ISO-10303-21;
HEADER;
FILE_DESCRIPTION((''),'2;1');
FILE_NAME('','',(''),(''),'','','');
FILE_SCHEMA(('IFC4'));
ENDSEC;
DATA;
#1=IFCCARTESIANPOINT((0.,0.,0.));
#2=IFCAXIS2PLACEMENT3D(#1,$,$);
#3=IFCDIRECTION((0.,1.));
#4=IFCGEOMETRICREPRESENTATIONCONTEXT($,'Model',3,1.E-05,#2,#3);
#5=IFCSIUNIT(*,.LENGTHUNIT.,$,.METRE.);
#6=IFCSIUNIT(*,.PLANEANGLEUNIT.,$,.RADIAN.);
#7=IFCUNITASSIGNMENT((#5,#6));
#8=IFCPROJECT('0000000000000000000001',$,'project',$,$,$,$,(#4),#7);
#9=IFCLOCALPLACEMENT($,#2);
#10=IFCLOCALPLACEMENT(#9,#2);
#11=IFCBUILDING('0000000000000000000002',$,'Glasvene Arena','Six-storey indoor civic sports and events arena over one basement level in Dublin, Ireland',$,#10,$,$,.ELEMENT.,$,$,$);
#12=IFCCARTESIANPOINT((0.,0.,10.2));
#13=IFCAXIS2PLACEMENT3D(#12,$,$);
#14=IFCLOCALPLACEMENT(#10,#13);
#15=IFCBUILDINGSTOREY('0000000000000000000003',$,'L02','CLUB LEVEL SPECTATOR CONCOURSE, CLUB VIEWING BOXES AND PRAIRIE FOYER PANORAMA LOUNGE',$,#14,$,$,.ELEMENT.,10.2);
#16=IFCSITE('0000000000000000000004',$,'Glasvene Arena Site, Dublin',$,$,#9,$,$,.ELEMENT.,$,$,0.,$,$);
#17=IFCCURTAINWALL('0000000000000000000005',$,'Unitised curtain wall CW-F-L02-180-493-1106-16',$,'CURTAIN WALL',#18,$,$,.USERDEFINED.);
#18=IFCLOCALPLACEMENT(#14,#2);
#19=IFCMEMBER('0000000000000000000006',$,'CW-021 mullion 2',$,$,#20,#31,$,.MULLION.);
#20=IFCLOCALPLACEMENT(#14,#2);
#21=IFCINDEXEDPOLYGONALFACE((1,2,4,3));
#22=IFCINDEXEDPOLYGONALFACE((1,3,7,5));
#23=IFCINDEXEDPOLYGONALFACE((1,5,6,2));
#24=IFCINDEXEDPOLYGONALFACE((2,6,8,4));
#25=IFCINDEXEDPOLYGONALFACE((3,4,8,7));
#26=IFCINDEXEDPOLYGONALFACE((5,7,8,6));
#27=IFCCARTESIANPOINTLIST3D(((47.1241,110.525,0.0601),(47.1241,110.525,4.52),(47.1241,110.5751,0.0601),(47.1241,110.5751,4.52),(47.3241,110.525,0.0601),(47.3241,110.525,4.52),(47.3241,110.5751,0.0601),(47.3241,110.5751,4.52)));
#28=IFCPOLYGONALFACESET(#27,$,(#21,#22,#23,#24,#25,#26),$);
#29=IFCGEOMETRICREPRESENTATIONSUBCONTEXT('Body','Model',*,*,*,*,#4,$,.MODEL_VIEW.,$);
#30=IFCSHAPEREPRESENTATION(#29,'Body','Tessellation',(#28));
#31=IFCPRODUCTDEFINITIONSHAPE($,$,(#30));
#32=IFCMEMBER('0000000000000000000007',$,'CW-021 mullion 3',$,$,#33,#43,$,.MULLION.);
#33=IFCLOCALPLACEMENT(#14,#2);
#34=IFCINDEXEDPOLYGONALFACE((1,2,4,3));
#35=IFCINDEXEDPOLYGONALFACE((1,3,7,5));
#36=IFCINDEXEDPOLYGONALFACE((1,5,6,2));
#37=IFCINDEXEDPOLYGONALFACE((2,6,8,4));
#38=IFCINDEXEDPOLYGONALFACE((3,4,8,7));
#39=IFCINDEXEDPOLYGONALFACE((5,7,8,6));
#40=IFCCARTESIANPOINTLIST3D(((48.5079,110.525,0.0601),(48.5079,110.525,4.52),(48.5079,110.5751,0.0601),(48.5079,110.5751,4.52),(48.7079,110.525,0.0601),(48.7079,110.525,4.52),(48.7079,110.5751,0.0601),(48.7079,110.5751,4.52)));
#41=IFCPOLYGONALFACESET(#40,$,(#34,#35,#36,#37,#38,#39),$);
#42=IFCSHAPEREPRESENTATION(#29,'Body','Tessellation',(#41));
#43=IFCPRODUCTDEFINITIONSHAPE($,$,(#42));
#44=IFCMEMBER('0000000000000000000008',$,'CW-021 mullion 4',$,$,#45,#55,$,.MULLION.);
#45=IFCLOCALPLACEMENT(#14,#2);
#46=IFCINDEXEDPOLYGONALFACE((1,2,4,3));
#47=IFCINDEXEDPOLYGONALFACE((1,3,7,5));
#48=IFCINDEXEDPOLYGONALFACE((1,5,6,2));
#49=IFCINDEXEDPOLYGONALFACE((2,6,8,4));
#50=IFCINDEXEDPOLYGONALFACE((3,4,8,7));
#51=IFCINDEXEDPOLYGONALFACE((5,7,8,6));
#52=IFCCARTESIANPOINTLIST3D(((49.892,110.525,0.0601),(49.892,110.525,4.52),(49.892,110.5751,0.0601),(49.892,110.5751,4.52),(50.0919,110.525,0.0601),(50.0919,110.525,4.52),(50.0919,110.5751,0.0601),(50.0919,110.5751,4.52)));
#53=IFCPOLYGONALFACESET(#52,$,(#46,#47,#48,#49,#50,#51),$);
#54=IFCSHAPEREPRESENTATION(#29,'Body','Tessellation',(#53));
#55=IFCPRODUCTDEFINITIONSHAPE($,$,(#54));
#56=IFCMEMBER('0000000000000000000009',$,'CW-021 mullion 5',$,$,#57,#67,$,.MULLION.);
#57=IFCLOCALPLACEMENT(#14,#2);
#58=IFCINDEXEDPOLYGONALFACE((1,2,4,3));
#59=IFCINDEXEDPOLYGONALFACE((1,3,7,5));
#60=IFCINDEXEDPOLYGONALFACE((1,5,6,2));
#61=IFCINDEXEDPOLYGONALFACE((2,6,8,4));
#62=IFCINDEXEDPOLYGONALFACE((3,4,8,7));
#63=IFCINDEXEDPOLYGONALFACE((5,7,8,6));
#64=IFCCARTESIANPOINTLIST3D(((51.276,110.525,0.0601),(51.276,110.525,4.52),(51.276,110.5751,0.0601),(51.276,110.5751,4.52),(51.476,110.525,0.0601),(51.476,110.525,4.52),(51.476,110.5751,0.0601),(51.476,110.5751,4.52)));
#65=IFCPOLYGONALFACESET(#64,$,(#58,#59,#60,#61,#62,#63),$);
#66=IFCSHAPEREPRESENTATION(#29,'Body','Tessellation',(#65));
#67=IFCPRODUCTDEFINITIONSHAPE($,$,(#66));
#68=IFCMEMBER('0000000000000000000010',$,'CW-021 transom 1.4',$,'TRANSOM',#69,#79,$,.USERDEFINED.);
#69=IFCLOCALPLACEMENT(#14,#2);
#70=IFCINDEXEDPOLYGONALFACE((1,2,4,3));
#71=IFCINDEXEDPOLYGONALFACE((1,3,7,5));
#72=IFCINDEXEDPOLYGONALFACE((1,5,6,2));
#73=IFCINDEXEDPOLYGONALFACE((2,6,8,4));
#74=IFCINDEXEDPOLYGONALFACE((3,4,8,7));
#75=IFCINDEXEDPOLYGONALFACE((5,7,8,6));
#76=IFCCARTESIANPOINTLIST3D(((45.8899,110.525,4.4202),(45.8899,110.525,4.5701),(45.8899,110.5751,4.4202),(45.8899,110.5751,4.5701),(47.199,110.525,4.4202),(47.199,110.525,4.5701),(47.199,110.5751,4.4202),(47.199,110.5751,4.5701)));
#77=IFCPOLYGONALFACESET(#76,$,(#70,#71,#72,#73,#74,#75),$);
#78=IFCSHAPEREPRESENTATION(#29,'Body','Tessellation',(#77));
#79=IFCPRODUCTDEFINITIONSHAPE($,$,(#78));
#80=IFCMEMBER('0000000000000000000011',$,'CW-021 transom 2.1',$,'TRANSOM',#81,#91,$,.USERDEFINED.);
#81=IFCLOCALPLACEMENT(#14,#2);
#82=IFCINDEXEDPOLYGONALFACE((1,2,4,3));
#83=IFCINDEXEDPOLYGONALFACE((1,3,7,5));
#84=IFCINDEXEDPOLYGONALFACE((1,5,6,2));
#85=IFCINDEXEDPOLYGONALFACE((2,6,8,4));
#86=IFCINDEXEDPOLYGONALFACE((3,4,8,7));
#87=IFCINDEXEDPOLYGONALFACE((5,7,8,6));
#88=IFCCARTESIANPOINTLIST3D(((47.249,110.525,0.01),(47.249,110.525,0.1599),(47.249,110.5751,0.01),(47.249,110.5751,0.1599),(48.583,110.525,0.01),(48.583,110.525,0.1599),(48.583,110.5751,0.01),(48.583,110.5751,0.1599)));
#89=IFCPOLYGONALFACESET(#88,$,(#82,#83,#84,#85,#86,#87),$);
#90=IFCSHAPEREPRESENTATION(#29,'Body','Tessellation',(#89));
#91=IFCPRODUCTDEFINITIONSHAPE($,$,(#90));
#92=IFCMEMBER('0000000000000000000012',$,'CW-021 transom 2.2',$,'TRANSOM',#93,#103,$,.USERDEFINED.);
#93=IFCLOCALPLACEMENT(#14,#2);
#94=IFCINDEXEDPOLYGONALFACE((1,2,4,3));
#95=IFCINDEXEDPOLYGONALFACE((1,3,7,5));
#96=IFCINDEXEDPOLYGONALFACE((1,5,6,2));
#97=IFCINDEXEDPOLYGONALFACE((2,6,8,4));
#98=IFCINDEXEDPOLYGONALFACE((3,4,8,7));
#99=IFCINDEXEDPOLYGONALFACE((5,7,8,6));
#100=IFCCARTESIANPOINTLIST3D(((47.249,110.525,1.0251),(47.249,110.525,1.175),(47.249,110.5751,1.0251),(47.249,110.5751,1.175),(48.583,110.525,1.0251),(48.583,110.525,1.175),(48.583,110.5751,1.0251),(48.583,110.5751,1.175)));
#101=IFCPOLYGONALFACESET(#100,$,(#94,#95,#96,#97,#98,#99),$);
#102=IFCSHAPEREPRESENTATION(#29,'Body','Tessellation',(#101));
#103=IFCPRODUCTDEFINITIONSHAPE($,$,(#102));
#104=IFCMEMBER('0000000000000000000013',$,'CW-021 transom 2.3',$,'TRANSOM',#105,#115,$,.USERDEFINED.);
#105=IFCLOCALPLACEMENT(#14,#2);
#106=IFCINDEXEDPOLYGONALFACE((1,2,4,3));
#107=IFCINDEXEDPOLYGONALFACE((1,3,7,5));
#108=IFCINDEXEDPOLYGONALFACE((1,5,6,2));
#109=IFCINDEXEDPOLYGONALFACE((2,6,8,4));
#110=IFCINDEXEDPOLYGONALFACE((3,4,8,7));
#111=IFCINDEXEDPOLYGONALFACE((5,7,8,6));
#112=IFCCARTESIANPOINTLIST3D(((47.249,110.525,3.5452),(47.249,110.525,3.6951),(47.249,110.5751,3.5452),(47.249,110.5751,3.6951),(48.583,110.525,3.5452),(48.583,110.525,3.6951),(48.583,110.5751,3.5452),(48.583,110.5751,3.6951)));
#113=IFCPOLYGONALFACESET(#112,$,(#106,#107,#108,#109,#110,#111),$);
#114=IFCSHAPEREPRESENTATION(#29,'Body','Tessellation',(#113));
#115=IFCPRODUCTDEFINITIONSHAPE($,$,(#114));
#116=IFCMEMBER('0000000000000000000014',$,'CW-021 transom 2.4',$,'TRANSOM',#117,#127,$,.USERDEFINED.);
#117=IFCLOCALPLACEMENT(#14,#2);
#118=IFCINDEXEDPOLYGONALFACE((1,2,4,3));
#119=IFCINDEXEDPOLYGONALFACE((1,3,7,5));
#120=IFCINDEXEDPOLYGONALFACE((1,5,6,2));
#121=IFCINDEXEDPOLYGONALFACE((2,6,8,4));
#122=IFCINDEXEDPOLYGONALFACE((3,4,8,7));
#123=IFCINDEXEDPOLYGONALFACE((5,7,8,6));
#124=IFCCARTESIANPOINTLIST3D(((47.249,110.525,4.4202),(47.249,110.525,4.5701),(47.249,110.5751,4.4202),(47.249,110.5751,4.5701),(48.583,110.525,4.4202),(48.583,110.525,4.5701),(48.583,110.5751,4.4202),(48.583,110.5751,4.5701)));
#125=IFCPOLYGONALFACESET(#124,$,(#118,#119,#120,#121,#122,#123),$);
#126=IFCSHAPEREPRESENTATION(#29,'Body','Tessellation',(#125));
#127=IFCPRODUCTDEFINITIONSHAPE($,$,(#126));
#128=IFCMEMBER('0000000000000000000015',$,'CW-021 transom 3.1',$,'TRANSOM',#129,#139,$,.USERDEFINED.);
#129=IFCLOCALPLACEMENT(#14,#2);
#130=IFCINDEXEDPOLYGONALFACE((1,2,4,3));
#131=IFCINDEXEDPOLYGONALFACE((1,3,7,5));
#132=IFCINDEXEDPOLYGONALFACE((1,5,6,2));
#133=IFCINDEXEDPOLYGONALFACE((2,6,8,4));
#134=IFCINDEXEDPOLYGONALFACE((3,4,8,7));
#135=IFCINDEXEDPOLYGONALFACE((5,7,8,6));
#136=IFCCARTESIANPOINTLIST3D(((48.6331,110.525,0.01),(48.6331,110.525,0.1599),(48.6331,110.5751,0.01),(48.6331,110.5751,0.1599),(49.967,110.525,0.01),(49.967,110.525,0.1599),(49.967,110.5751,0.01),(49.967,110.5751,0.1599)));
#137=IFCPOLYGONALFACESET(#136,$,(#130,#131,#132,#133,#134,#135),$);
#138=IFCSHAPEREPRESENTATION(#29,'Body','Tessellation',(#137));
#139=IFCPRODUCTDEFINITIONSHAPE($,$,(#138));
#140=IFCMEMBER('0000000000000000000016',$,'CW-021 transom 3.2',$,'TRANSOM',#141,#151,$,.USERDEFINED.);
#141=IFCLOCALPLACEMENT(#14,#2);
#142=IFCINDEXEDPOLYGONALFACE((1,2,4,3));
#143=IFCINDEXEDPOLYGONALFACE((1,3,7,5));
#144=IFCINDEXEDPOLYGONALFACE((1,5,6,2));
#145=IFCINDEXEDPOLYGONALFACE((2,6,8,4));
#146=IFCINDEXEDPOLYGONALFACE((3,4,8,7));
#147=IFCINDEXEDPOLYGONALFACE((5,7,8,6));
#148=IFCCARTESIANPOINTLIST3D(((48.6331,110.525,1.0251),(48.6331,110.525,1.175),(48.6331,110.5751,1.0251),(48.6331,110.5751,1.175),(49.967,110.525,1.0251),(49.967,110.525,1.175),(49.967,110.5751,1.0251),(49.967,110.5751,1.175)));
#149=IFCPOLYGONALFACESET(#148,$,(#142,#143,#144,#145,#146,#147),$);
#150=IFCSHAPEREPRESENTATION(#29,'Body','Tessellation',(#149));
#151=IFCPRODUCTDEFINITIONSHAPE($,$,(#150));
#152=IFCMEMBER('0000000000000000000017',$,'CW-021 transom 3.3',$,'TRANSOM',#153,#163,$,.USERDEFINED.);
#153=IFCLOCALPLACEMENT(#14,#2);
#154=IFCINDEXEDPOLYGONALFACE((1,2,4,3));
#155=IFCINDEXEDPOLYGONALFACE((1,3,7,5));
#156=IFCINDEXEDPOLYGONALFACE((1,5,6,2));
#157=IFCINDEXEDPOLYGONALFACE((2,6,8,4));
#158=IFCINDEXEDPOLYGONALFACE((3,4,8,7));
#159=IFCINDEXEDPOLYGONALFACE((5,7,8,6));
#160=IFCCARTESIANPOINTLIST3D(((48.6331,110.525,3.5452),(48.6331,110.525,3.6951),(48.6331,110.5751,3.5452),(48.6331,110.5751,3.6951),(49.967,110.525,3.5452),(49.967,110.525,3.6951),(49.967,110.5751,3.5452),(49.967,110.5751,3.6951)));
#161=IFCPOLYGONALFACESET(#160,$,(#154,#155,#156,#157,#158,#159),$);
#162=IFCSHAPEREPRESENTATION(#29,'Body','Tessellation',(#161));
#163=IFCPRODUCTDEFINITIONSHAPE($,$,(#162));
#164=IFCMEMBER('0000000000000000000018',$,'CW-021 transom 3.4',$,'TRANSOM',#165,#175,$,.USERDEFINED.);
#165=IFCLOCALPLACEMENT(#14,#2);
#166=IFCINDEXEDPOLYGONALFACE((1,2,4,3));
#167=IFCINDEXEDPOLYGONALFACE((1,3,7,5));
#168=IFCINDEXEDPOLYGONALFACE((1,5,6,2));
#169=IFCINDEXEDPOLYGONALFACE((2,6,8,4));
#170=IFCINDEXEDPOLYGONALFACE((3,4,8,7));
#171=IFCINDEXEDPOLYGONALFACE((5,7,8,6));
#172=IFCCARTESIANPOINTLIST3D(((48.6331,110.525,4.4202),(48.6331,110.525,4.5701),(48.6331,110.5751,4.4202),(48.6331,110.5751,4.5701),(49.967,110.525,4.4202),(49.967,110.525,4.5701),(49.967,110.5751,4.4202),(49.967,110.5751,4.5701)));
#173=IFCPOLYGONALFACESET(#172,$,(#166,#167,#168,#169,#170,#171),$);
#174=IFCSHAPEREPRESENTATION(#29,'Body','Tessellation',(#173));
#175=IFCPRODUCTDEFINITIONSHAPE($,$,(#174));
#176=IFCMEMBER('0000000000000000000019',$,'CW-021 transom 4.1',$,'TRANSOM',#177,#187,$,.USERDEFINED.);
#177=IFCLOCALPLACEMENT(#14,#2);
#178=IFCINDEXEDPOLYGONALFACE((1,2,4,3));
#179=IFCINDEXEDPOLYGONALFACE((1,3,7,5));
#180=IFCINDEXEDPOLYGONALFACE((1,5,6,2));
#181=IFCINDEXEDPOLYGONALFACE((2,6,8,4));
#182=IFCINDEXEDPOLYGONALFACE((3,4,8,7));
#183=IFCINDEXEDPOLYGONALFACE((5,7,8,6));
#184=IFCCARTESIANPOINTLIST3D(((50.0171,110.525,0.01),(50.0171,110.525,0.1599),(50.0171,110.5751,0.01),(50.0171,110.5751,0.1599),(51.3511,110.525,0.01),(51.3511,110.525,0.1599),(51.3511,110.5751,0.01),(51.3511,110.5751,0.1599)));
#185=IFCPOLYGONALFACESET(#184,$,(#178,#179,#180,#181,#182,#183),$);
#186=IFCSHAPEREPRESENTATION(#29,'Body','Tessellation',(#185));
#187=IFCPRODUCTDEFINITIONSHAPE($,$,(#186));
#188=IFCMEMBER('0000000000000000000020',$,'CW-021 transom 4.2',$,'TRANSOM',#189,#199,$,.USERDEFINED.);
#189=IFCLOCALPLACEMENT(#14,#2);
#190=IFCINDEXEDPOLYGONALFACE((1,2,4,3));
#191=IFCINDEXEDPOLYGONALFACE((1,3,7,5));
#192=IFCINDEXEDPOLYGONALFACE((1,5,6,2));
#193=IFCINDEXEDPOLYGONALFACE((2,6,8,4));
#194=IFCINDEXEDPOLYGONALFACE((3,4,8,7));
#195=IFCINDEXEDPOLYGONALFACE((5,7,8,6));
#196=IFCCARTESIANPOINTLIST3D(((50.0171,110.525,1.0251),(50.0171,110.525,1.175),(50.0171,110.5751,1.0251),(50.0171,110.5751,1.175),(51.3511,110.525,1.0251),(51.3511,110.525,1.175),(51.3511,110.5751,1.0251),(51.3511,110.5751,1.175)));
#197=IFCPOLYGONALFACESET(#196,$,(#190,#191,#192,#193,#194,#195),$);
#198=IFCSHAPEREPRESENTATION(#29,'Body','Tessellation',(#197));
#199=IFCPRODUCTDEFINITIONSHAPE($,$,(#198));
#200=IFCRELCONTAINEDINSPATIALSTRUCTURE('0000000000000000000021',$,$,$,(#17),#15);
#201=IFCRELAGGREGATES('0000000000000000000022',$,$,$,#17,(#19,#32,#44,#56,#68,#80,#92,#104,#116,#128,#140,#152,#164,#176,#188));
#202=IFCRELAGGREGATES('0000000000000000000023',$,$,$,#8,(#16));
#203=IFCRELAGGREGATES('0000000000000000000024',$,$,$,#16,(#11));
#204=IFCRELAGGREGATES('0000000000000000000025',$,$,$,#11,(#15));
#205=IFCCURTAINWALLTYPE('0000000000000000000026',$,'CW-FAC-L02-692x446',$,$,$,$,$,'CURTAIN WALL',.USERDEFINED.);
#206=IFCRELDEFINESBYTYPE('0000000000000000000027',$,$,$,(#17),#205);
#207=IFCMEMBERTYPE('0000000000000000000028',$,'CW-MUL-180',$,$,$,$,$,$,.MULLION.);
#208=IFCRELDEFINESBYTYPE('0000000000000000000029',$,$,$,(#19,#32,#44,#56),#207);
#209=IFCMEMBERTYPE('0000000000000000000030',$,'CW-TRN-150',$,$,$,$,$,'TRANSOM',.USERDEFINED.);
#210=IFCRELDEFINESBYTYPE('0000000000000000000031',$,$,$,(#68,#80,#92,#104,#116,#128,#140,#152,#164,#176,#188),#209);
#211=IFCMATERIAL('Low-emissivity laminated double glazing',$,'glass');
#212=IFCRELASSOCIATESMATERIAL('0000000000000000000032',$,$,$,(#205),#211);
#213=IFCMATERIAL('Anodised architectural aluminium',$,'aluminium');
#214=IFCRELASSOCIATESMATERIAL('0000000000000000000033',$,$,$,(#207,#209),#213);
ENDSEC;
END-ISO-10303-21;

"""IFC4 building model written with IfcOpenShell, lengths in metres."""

from ifc_helpers import new_model, si_unit, direction, frame, origin, origin_2d, place, context, subcontext, project, spatial, rectangle, extrude, material, material_profile, profile_set, type_object, element, aggregate, save


model = new_model("IFC4")

# Units and contexts
model_context = context("Model", 3, precision=1e-05, world=origin(), true_north=direction((0.0, 1.0)))
body_context = subcontext(model_context, "Body", "Model", "MODEL_VIEW")
ifc_project = project(units=[si_unit("LENGTHUNIT", "METRE"), si_unit("PLANEANGLEUNIT", "RADIAN")], contexts=[model_context])

# Site, building, storey
site_placement = place(None, origin())
site = spatial("IfcSite", under=ifc_project, at=site_placement, Name="Glasvene Arena Site, Dublin", CompositionType="ELEMENT", RefElevation=0.0)
building_placement = place(site_placement, origin())
building = spatial("IfcBuilding", under=site, at=building_placement, Name="Glasvene Arena", Description="Six-storey indoor civic sports and events arena over one basement level in Dublin, Ireland", CompositionType="ELEMENT")
storey_placement = place(building_placement, frame((0.0, 0.0, 10.2)))
storey = spatial("IfcBuildingStorey", under=building, at=storey_placement, Name="L02", Description="CLUB LEVEL SPECTATOR CONCOURSE, CLUB VIEWING BOXES AND PRAIRIE FOYER PANORAMA LOUNGE", CompositionType="ELEMENT", Elevation=10.2)

# Curtain wall, members
ifc_material_1 = material(Name="Low-emissivity laminated double glazing", Category="glass")
curtain_wall_type = type_object("IfcCurtainWallType", Name="CW-FAC-L02-692x446", ElementType="CURTAIN WALL", PredefinedType="USERDEFINED", material=ifc_material_1)
curtain_wall_placement = place(storey_placement, frame((45.8401, 110.55, 0.0)))
curtain_wall = element("IfcCurtainWall", 1, at=curtain_wall_placement, inside=storey, type_object=curtain_wall_type, Name="Unitised curtain wall CW-F-L02-180-493-1106-16", ObjectType="CURTAIN WALL", PredefinedType="USERDEFINED")
ifc_material_2 = material(Name="Anodised architectural aluminium", Category="aluminium")
ifc_material_profile_1 = material_profile(ifc_material_2, rectangle(XDim=0.05, YDim=0.2, at=origin_2d()), Name="ALU MULLION 50x200")
ifc_profile_set_1 = profile_set([ifc_material_profile_1], Name="Anodised architectural aluminium")
member_type_1 = type_object("IfcMemberType", Name="CW-MUL-180", PredefinedType="MULLION", material=ifc_profile_set_1)
member_1_placement = place(storey_placement, frame((47.2241, 110.55, 0.0601), z_axis=(0.0, 0.0, 1.0), x_axis=(0.0, 1.0, 0.0)))
member_1 = element("IfcMember", 2, at=member_1_placement, type_object=member_type_1, Name="CW-021 mullion 2", PredefinedType="MULLION", context=body_context, shape_type="SweptSolid", body=[
    extrude(rectangle(XDim=0.05, YDim=0.2, at=origin_2d()), origin(), (0.0, 0.0, 1.0), 4.46),
])
member_2_placement = place(storey_placement, frame((48.6079, 110.55, 0.0601), z_axis=(0.0, 0.0, 1.0), x_axis=(0.0, 1.0, 0.0)))
member_2 = element("IfcMember", 3, at=member_2_placement, type_object=member_type_1, Name="CW-021 mullion 3", PredefinedType="MULLION", context=body_context, shape_type="SweptSolid", body=[
    extrude(rectangle(XDim=0.05, YDim=0.2, at=origin_2d()), origin(), (0.0, 0.0, 1.0), 4.46),
])
member_3_placement = place(storey_placement, frame((49.9919, 110.55, 0.0601), z_axis=(0.0, 0.0, 1.0), x_axis=(0.0, 1.0, 0.0)))
member_3 = element("IfcMember", 4, at=member_3_placement, type_object=member_type_1, Name="CW-021 mullion 4", PredefinedType="MULLION", context=body_context, shape_type="SweptSolid", body=[
    extrude(rectangle(XDim=0.05, YDim=0.2, at=origin_2d()), origin(), (0.0, 0.0, 1.0), 4.46),
])
member_4_placement = place(storey_placement, frame((51.376, 110.55, 0.0601), z_axis=(0.0, 0.0, 1.0), x_axis=(0.0, 1.0, 0.0)))
member_4 = element("IfcMember", 5, at=member_4_placement, type_object=member_type_1, Name="CW-021 mullion 5", PredefinedType="MULLION", context=body_context, shape_type="SweptSolid", body=[
    extrude(rectangle(XDim=0.05, YDim=0.2, at=origin_2d()), origin(), (0.0, 0.0, 1.0), 4.46),
])
ifc_material_profile_2 = material_profile(ifc_material_2, rectangle(XDim=0.05, YDim=0.1499, at=origin_2d()), Name="ALU TRANSOM 50x150")
ifc_profile_set_2 = profile_set([ifc_material_profile_2], Name="Anodised architectural aluminium")
member_type_2 = type_object("IfcMemberType", Name="CW-TRN-150", ElementType="TRANSOM", PredefinedType="USERDEFINED", material=ifc_profile_set_2)
member_5_placement = place(storey_placement, frame((45.8899, 110.55, 4.4951), z_axis=(1.0, 0.0, 0.0), x_axis=(0.0, 1.0, 0.0)))
member_5 = element("IfcMember", 6, at=member_5_placement, type_object=member_type_2, Name="CW-021 transom 1.4", ObjectType="TRANSOM", PredefinedType="USERDEFINED", context=body_context, shape_type="SweptSolid", body=[
    extrude(rectangle(XDim=0.05, YDim=0.1499, at=origin_2d()), origin(), (0.0, 0.0, 1.0), 1.3091),
])
member_6_placement = place(storey_placement, frame((47.249, 110.55, 0.085), z_axis=(1.0, 0.0, 0.0), x_axis=(0.0, 1.0, 0.0)))
member_6 = element("IfcMember", 7, at=member_6_placement, type_object=member_type_2, Name="CW-021 transom 2.1", ObjectType="TRANSOM", PredefinedType="USERDEFINED", context=body_context, shape_type="SweptSolid", body=[
    extrude(rectangle(XDim=0.05, YDim=0.1499, at=origin_2d()), origin(), (0.0, 0.0, 1.0), 1.334),
])
member_7_placement = place(storey_placement, frame((47.249, 110.55, 1.1001), z_axis=(1.0, 0.0, 0.0), x_axis=(0.0, 1.0, 0.0)))
member_7 = element("IfcMember", 8, at=member_7_placement, type_object=member_type_2, Name="CW-021 transom 2.2", ObjectType="TRANSOM", PredefinedType="USERDEFINED", context=body_context, shape_type="SweptSolid", body=[
    extrude(rectangle(XDim=0.05, YDim=0.1499, at=origin_2d()), origin(), (0.0, 0.0, 1.0), 1.334),
])
member_8_placement = place(storey_placement, frame((47.249, 110.55, 3.6201), z_axis=(1.0, 0.0, 0.0), x_axis=(0.0, 1.0, 0.0)))
member_8 = element("IfcMember", 9, at=member_8_placement, type_object=member_type_2, Name="CW-021 transom 2.3", ObjectType="TRANSOM", PredefinedType="USERDEFINED", context=body_context, shape_type="SweptSolid", body=[
    extrude(rectangle(XDim=0.05, YDim=0.1499, at=origin_2d()), origin(), (0.0, 0.0, 1.0), 1.334),
])
member_9_placement = place(storey_placement, frame((47.249, 110.55, 4.4951), z_axis=(1.0, 0.0, 0.0), x_axis=(0.0, 1.0, 0.0)))
member_9 = element("IfcMember", 10, at=member_9_placement, type_object=member_type_2, Name="CW-021 transom 2.4", ObjectType="TRANSOM", PredefinedType="USERDEFINED", context=body_context, shape_type="SweptSolid", body=[
    extrude(rectangle(XDim=0.05, YDim=0.1499, at=origin_2d()), origin(), (0.0, 0.0, 1.0), 1.334),
])
member_10_placement = place(storey_placement, frame((48.6331, 110.55, 0.085), z_axis=(1.0, 0.0, 0.0), x_axis=(0.0, 1.0, 0.0)))
member_10 = element("IfcMember", 11, at=member_10_placement, type_object=member_type_2, Name="CW-021 transom 3.1", ObjectType="TRANSOM", PredefinedType="USERDEFINED", context=body_context, shape_type="SweptSolid", body=[
    extrude(rectangle(XDim=0.05, YDim=0.1499, at=origin_2d()), origin(), (0.0, 0.0, 1.0), 1.334),
])
member_11_placement = place(storey_placement, frame((48.6331, 110.55, 1.1001), z_axis=(1.0, 0.0, 0.0), x_axis=(0.0, 1.0, 0.0)))
member_11 = element("IfcMember", 12, at=member_11_placement, type_object=member_type_2, Name="CW-021 transom 3.2", ObjectType="TRANSOM", PredefinedType="USERDEFINED", context=body_context, shape_type="SweptSolid", body=[
    extrude(rectangle(XDim=0.05, YDim=0.1499, at=origin_2d()), origin(), (0.0, 0.0, 1.0), 1.334),
])
member_12_placement = place(storey_placement, frame((48.6331, 110.55, 3.6201), z_axis=(1.0, 0.0, 0.0), x_axis=(0.0, 1.0, 0.0)))
member_12 = element("IfcMember", 13, at=member_12_placement, type_object=member_type_2, Name="CW-021 transom 3.3", ObjectType="TRANSOM", PredefinedType="USERDEFINED", context=body_context, shape_type="SweptSolid", body=[
    extrude(rectangle(XDim=0.05, YDim=0.1499, at=origin_2d()), origin(), (0.0, 0.0, 1.0), 1.334),
])
member_13_placement = place(storey_placement, frame((48.6331, 110.55, 4.4951), z_axis=(1.0, 0.0, 0.0), x_axis=(0.0, 1.0, 0.0)))
member_13 = element("IfcMember", 14, at=member_13_placement, type_object=member_type_2, Name="CW-021 transom 3.4", ObjectType="TRANSOM", PredefinedType="USERDEFINED", context=body_context, shape_type="SweptSolid", body=[
    extrude(rectangle(XDim=0.05, YDim=0.1499, at=origin_2d()), origin(), (0.0, 0.0, 1.0), 1.334),
])
member_14_placement = place(storey_placement, frame((50.0171, 110.55, 0.085), z_axis=(1.0, 0.0, 0.0), x_axis=(0.0, 1.0, 0.0)))
member_14 = element("IfcMember", 15, at=member_14_placement, type_object=member_type_2, Name="CW-021 transom 4.1", ObjectType="TRANSOM", PredefinedType="USERDEFINED", context=body_context, shape_type="SweptSolid", body=[
    extrude(rectangle(XDim=0.05, YDim=0.1499, at=origin_2d()), origin(), (0.0, 0.0, 1.0), 1.334),
])
member_15_placement = place(storey_placement, frame((50.0171, 110.55, 1.1001), z_axis=(1.0, 0.0, 0.0), x_axis=(0.0, 1.0, 0.0)))
member_15 = element("IfcMember", 16, at=member_15_placement, type_object=member_type_2, Name="CW-021 transom 4.2", ObjectType="TRANSOM", PredefinedType="USERDEFINED", context=body_context, shape_type="SweptSolid", body=[
    extrude(rectangle(XDim=0.05, YDim=0.1499, at=origin_2d()), origin(), (0.0, 0.0, 1.0), 1.334),
])
aggregate(curtain_wall, [member_1, member_2, member_3, member_4, member_5, member_6, member_7, member_8, member_9, member_10, member_11, member_12, member_13, member_14, member_15])

save(model, "model.ifc")
